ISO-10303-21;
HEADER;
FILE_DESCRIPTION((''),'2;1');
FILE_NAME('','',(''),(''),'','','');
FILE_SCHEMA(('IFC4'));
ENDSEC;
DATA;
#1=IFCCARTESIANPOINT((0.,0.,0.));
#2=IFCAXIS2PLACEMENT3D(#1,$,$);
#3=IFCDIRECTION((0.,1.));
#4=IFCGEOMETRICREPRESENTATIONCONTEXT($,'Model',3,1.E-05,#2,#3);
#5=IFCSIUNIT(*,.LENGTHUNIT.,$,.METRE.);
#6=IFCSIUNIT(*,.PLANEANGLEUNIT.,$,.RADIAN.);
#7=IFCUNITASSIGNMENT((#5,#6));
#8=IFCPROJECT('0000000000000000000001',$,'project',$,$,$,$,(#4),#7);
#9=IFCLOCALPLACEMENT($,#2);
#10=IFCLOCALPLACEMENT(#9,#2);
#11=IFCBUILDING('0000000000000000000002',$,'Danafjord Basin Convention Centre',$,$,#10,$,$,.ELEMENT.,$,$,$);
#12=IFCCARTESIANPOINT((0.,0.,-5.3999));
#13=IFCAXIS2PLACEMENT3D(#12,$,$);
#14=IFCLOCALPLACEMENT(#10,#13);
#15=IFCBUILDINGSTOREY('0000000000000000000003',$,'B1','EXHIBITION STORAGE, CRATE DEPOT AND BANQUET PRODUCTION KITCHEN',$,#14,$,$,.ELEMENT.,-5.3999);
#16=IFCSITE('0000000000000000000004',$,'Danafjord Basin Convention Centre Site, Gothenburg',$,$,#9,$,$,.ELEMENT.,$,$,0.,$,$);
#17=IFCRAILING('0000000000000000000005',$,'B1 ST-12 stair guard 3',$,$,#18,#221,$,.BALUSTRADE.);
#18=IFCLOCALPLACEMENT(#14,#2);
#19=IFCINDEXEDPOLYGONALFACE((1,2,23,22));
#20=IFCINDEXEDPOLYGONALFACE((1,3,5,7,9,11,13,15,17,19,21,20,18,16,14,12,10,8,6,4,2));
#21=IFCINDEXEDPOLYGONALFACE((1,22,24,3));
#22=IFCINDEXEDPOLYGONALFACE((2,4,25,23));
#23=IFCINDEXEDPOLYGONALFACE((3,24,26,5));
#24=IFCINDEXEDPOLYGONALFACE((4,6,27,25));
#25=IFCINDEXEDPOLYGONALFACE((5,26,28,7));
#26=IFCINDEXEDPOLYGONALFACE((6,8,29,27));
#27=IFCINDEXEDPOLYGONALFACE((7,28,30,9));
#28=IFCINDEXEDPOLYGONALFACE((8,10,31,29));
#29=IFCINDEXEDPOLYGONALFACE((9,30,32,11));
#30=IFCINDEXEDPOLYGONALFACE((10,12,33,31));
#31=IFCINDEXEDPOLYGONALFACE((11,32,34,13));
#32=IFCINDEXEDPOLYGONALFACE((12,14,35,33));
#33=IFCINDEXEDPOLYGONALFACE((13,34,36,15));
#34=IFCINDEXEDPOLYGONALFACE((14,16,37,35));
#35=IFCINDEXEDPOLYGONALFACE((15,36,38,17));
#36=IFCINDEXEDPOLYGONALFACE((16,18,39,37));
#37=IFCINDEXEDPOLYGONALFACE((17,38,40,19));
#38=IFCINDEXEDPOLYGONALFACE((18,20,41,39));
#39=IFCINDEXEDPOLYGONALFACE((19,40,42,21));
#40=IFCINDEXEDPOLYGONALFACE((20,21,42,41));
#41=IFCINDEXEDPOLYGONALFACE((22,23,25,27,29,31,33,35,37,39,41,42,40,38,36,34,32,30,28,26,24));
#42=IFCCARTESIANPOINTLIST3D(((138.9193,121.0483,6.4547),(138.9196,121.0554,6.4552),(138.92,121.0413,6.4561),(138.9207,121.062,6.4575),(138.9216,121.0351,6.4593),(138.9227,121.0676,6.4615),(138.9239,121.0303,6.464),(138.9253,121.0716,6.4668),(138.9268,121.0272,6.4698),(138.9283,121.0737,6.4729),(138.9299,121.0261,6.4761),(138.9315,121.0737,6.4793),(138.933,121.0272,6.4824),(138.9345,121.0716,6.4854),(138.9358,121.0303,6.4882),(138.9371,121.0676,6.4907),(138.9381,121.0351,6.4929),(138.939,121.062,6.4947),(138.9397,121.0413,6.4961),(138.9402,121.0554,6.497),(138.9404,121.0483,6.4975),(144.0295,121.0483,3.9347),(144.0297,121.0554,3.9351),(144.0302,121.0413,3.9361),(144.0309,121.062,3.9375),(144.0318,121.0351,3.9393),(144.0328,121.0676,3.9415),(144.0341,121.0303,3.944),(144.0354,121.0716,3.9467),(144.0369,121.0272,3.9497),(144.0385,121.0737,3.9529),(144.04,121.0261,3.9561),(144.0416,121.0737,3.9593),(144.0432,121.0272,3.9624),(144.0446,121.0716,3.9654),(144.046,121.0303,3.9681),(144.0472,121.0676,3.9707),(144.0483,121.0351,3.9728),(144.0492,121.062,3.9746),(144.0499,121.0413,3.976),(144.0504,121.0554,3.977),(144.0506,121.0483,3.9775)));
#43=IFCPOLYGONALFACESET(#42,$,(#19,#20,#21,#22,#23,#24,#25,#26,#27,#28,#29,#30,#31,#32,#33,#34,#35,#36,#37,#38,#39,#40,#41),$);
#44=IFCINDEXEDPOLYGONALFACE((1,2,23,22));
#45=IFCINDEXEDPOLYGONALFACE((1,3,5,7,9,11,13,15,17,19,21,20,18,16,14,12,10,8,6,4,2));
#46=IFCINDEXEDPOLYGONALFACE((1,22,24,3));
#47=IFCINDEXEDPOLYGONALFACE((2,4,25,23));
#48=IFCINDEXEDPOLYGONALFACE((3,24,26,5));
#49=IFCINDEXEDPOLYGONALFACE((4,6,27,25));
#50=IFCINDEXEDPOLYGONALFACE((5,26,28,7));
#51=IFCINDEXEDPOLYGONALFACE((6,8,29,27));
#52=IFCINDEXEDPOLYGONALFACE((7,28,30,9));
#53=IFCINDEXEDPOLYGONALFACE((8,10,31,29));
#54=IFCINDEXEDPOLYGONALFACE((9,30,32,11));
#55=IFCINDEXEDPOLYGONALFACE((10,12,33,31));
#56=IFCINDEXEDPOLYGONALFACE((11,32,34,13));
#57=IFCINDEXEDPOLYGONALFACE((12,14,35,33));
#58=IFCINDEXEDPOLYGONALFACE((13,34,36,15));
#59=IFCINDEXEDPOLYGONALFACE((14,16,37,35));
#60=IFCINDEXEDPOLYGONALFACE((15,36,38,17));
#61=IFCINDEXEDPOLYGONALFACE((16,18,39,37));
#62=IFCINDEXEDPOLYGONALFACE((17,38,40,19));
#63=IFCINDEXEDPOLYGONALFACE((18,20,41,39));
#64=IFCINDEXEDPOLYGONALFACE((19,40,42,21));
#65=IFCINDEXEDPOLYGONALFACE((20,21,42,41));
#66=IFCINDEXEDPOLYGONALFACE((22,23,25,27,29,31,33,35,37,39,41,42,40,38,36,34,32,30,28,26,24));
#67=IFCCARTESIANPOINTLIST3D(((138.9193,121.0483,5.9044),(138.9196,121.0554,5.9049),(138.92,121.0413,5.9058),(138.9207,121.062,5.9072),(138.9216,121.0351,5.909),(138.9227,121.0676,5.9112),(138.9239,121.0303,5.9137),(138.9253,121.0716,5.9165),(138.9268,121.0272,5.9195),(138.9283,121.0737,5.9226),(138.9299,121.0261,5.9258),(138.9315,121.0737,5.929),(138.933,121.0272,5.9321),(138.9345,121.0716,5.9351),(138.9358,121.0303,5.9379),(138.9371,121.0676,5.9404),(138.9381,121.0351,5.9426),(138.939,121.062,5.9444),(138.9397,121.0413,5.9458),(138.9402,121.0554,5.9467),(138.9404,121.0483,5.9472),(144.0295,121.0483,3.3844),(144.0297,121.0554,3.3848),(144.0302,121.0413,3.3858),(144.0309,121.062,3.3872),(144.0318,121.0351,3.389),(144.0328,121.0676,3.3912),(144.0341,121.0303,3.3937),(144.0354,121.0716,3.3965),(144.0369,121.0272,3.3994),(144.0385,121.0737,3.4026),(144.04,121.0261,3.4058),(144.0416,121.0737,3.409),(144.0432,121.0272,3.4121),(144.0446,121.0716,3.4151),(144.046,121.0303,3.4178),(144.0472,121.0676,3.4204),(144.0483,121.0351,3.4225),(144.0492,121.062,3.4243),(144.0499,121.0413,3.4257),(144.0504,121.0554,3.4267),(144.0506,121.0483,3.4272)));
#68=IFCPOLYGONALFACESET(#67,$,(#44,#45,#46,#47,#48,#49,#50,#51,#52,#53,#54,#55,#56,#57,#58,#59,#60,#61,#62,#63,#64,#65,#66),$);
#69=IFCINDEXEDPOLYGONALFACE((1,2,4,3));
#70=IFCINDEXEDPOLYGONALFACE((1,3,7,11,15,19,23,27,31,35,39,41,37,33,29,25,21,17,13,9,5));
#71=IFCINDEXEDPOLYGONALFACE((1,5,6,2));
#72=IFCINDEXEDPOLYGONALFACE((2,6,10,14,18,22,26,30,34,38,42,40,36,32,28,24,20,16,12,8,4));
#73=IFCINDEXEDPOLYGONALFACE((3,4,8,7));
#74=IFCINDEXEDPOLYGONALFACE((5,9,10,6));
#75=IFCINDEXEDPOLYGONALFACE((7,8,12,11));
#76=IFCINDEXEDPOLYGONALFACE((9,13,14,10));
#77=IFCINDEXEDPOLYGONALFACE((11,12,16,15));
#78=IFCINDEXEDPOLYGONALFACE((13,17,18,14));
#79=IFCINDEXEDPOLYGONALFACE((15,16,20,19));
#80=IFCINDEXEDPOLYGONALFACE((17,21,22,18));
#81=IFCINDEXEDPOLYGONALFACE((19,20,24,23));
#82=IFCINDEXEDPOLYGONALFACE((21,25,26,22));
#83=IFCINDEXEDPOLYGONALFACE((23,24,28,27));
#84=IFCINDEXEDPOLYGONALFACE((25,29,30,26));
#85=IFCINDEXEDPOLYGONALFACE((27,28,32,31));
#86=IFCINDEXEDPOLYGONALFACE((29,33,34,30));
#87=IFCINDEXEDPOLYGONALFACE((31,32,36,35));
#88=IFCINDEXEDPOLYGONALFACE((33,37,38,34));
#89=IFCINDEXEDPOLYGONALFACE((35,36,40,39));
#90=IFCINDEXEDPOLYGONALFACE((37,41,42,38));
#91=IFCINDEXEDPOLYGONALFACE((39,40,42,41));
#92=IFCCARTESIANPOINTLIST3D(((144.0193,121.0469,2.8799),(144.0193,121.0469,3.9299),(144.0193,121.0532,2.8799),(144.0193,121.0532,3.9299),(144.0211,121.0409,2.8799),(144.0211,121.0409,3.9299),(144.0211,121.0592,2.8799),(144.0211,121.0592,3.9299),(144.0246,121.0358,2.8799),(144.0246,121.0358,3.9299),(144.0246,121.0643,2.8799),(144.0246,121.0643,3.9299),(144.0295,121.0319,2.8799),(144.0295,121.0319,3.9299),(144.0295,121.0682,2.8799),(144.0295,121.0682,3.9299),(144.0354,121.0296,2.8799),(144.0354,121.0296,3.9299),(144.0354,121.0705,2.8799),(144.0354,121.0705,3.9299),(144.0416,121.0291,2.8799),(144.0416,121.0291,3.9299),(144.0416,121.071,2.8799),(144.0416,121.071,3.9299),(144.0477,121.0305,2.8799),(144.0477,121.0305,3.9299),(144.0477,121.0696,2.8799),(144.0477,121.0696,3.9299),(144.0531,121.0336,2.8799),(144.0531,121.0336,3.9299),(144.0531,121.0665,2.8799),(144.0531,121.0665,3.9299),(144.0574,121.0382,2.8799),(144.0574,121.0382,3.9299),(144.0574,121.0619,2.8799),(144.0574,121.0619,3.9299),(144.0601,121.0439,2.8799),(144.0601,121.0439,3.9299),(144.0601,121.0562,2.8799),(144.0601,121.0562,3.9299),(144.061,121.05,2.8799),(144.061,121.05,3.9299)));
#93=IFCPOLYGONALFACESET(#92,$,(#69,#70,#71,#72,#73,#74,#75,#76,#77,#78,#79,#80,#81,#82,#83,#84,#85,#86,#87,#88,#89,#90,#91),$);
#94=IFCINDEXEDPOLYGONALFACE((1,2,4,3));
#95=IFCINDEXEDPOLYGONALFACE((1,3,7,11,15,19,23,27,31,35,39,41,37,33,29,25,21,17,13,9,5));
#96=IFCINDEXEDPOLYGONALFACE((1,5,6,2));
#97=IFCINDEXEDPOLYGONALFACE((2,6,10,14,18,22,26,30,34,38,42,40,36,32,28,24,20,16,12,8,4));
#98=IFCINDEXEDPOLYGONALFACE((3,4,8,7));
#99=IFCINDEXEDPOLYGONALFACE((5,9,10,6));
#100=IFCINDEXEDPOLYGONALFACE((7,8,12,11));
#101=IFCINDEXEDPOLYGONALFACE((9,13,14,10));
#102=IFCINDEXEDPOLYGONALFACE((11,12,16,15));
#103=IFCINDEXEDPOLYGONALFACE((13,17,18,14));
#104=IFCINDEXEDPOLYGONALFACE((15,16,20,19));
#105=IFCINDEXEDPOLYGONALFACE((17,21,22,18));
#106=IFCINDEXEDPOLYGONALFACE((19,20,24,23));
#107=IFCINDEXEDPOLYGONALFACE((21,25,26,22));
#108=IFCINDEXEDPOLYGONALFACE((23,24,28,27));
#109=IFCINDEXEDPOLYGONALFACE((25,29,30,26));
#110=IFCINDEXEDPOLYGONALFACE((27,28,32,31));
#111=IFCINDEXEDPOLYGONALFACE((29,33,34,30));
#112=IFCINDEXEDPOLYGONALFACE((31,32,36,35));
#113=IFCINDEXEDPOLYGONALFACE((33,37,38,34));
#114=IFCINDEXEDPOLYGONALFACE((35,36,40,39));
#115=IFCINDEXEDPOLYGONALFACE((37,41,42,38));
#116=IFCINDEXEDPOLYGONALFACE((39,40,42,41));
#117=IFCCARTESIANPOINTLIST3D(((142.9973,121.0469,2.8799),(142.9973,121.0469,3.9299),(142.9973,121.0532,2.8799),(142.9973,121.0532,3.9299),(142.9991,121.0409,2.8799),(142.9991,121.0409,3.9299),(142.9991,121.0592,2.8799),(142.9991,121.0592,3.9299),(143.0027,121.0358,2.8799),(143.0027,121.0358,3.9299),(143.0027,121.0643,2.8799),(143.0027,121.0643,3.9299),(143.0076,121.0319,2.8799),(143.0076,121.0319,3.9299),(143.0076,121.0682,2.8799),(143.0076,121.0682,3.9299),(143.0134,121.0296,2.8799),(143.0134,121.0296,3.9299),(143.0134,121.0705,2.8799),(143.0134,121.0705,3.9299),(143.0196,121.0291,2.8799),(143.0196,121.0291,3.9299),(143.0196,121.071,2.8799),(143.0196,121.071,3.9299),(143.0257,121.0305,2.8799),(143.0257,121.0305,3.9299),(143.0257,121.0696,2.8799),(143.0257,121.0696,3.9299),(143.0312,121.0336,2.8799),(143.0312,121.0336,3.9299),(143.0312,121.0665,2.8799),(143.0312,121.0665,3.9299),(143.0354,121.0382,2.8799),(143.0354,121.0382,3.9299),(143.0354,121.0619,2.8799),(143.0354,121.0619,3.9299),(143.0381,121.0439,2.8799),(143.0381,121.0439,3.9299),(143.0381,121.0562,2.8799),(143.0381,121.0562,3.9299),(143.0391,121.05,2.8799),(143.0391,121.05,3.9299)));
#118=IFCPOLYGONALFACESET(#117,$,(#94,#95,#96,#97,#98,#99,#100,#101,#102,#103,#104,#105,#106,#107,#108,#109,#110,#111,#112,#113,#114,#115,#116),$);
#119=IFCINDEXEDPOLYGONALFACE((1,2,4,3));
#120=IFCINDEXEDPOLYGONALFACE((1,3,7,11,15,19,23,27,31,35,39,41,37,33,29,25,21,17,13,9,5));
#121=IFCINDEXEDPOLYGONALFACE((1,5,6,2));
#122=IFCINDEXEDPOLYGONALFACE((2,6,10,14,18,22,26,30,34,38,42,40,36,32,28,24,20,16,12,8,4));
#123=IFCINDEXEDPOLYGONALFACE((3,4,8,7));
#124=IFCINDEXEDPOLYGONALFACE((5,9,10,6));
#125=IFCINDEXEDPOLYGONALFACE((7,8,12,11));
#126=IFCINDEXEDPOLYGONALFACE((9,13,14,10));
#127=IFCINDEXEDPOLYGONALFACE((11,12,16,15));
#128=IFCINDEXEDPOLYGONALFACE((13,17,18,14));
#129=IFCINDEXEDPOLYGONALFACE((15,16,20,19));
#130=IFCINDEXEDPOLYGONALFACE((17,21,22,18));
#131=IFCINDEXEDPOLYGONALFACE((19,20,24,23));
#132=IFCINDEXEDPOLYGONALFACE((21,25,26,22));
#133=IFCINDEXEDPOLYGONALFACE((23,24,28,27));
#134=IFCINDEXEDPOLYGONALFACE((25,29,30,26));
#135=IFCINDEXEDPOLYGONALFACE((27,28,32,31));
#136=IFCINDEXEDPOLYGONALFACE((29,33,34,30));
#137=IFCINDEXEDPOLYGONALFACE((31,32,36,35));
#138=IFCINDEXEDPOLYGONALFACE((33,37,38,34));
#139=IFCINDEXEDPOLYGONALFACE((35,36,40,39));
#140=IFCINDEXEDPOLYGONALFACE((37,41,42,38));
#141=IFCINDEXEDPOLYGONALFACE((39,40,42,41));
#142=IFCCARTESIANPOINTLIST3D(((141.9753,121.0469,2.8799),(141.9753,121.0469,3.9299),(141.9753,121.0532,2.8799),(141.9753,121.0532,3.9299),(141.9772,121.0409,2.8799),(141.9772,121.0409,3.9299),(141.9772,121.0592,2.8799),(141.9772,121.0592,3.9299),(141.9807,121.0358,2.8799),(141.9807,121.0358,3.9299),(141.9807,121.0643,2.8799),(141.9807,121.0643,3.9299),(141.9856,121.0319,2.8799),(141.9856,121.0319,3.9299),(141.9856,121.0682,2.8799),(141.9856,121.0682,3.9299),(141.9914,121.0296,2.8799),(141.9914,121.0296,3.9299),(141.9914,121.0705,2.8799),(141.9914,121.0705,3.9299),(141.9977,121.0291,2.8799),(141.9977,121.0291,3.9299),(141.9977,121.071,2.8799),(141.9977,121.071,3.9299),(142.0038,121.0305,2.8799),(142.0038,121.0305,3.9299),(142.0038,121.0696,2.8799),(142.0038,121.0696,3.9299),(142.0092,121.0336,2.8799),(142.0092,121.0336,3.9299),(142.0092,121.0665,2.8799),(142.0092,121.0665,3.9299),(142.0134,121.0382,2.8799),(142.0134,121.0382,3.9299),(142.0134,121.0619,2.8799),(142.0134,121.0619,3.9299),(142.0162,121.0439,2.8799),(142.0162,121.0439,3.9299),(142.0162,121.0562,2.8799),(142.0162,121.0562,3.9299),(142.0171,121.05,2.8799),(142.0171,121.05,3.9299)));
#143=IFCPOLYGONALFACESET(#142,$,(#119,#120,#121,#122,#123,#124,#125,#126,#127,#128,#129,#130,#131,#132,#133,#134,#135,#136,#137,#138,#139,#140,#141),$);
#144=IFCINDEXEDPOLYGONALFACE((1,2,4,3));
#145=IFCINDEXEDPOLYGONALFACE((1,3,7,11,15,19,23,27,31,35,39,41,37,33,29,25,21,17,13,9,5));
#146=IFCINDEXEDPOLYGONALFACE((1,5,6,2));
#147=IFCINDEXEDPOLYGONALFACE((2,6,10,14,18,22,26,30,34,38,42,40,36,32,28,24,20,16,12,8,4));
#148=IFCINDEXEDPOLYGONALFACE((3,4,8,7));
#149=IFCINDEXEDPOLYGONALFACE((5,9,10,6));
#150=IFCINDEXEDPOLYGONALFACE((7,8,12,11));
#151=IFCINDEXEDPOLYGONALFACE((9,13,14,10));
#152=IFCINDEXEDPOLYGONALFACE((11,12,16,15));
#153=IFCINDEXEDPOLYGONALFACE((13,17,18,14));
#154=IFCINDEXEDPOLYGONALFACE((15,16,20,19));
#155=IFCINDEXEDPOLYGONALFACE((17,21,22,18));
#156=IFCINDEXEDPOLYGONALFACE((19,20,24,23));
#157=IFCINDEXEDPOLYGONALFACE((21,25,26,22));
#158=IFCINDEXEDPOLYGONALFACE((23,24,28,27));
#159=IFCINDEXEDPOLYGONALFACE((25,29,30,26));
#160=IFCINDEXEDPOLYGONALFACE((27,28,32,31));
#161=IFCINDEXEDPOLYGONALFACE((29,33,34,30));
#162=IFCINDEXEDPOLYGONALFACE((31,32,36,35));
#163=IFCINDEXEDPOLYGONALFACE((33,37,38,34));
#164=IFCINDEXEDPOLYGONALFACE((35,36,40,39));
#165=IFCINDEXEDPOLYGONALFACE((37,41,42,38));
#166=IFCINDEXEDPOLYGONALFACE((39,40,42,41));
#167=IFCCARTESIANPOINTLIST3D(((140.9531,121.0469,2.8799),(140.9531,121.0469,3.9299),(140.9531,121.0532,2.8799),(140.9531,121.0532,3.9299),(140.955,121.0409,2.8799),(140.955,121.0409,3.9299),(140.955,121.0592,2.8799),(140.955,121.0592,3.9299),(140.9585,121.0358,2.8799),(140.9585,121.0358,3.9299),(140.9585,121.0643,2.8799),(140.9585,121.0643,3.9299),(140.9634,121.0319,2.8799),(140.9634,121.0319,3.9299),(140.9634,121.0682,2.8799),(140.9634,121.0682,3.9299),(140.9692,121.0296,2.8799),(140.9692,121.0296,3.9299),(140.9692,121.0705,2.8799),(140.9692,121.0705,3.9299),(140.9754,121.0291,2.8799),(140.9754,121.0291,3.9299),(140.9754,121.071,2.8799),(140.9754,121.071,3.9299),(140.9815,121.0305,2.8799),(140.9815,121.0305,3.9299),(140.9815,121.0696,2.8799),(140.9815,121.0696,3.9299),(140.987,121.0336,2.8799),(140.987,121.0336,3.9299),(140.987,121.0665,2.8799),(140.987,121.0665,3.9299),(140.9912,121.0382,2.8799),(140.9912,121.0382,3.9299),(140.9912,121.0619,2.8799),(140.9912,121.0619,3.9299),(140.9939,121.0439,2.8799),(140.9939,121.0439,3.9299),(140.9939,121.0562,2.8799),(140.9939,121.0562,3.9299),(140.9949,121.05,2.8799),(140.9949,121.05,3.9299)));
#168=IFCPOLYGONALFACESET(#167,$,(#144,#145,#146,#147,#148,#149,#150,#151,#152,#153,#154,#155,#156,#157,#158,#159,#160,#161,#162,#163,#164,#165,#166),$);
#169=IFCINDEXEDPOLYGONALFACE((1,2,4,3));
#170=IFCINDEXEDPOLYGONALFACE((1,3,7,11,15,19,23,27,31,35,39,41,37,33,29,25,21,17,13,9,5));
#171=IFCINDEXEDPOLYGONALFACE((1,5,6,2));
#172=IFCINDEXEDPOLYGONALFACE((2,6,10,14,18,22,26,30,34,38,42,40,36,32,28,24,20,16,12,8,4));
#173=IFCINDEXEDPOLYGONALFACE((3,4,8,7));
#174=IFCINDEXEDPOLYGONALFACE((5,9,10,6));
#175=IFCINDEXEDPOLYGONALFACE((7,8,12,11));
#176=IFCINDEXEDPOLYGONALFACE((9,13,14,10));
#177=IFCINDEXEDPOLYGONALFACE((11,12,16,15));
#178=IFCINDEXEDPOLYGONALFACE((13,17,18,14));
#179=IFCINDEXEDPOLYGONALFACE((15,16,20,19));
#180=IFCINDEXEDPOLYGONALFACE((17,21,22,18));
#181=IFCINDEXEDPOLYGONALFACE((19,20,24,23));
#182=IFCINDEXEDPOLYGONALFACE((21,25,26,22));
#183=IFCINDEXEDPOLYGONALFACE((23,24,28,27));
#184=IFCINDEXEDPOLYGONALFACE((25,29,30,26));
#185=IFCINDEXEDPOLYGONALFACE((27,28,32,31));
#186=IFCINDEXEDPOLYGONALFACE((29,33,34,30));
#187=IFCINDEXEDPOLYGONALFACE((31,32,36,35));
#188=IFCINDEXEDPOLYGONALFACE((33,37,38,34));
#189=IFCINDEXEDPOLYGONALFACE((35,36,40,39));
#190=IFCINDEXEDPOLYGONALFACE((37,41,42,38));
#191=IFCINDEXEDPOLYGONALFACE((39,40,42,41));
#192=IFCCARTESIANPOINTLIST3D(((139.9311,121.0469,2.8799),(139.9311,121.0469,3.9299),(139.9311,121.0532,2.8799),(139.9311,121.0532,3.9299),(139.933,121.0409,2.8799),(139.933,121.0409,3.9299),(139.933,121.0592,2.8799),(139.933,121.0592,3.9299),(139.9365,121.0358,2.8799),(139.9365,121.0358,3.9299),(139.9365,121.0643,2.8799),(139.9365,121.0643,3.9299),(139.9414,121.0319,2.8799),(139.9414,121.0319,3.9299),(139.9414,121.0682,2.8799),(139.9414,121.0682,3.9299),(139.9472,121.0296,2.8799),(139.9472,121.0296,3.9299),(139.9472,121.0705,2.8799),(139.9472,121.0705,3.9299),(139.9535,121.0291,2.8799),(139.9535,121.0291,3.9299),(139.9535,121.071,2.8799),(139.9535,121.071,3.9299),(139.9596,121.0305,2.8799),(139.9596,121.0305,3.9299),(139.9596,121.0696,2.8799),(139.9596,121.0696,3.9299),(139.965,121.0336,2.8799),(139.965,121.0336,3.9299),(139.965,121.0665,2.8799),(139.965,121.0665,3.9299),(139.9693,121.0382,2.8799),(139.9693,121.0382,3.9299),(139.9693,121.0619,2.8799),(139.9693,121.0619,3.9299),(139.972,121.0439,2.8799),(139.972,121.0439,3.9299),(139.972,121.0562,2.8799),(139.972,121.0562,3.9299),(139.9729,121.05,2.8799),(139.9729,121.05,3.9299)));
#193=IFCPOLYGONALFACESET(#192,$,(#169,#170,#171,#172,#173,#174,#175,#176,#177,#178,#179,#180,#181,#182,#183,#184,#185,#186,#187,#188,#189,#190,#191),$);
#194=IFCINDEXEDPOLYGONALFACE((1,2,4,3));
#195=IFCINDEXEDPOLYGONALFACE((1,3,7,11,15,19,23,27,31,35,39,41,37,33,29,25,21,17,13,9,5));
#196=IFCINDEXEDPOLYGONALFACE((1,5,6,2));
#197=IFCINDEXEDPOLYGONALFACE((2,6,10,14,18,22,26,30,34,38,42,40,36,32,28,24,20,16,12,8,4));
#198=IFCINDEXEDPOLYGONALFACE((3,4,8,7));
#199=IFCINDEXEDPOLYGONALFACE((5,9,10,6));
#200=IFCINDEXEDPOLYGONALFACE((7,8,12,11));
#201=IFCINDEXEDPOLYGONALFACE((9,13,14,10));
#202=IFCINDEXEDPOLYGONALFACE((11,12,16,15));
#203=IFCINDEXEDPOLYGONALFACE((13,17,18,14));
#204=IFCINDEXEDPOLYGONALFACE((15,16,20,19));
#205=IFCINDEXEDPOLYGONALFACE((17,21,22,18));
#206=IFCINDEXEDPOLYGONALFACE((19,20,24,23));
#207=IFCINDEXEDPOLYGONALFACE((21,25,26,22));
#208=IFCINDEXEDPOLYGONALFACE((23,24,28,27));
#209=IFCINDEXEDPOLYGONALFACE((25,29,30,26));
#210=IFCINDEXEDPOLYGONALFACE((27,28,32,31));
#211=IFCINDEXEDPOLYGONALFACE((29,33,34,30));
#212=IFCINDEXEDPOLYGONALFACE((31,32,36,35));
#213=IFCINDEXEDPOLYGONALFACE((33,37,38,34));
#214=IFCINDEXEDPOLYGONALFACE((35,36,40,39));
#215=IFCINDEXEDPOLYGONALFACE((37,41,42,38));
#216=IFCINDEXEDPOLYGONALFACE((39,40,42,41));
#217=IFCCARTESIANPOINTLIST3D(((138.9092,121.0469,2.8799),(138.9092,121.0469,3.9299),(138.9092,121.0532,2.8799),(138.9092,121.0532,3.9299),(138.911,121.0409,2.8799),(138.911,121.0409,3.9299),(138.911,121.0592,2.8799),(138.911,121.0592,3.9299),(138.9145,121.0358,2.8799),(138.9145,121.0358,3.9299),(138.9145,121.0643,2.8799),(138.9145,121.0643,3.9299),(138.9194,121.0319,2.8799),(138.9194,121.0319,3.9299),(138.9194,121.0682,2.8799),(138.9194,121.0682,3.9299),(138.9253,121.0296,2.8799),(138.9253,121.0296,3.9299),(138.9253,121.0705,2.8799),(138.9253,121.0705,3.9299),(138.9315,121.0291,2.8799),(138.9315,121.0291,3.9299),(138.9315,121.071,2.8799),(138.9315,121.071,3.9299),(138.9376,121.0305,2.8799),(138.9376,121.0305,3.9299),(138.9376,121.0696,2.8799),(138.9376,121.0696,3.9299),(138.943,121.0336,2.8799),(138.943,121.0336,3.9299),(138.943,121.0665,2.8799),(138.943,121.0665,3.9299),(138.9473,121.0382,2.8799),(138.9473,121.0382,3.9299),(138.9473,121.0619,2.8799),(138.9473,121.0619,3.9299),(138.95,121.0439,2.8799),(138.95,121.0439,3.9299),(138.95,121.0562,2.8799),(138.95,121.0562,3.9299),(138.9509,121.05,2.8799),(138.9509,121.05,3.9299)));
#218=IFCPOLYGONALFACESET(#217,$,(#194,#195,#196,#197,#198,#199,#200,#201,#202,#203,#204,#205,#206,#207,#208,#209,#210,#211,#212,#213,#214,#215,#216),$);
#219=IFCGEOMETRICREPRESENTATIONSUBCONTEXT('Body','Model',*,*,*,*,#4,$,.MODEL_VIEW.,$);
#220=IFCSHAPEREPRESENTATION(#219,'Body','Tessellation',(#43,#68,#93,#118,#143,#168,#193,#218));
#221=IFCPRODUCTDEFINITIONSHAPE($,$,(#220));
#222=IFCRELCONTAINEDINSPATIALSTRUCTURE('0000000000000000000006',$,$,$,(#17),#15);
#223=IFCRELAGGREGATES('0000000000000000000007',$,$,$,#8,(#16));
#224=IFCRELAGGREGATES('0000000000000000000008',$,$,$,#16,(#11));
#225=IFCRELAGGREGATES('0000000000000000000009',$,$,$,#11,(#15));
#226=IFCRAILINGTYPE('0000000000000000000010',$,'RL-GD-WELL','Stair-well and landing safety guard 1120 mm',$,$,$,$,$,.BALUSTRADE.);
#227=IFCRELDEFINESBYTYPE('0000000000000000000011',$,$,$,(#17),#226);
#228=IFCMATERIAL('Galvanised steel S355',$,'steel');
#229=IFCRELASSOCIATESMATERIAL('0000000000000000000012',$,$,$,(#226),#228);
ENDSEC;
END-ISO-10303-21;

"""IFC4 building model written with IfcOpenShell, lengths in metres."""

from ifc_helpers import new_model, si_unit, direction, frame, origin, origin_2d, place, context, subcontext, project, spatial, circle, extrude, material, type_object, element, save


model = new_model("IFC4")

# Units and contexts
model_context = context("Model", 3, precision=1e-05, world=origin(), true_north=direction((0.0, 1.0)))
body_context = subcontext(model_context, "Body", "Model", "MODEL_VIEW")
ifc_project = project(units=[si_unit("LENGTHUNIT", "METRE"), si_unit("PLANEANGLEUNIT", "RADIAN")], contexts=[model_context])

# Site, building, storey
site_placement = place(None, origin())
site = spatial("IfcSite", under=ifc_project, at=site_placement, Name="Danafjord Basin Convention Centre Site, Gothenburg", CompositionType="ELEMENT", RefElevation=0.0)
building_placement = place(site_placement, origin())
building = spatial("IfcBuilding", under=site, at=building_placement, Name="Danafjord Basin Convention Centre", CompositionType="ELEMENT")
storey_placement = place(building_placement, frame((0.0, 0.0, -5.3999)))
storey = spatial("IfcBuildingStorey", under=building, at=storey_placement, Name="B1", Description="EXHIBITION STORAGE, CRATE DEPOT AND BANQUET PRODUCTION KITCHEN", CompositionType="ELEMENT", Elevation=-5.3999)

# Railing
ifc_material_1 = material(Name="Galvanised steel S355", Category="steel")
railing_type_1 = type_object("IfcRailingType", Name="RL-GD-WELL", Description="Stair-well and landing safety guard 1120 mm", PredefinedType="BALUSTRADE", material=ifc_material_1)
railing_1_placement = place(storey_placement, frame((144.04, 121.05, 2.8799)))
element("IfcRailing", 1, at=railing_1_placement, inside=storey, type_object=railing_type_1, Name="B1 ST-12 stair guard 3", PredefinedType="BALUSTRADE", context=body_context, shape_type="SweptSolid", body=[
    extrude(circle(Radius=0.0239, at=origin_2d()), frame((0.0, 0.0, 1.0762), z_axis=(-0.896873, 0.0, 0.442288), x_axis=(0.0, -1.0, 0.0)), (0.0, 0.0, 1.0), 5.6978),
    extrude(circle(Radius=0.0239, at=origin_2d()), frame((0.0, 0.0, 0.5259), z_axis=(-0.896873, 0.0, 0.442288), x_axis=(0.0, -1.0, 0.0)), (0.0, 0.0, 1.0), 5.6978),
    extrude(circle(Radius=0.021, at=origin_2d()), origin(), (0.0, 0.0, 1.0), 1.05),
    extrude(circle(Radius=0.021, at=origin_2d()), frame((-1.022, 0.0, 0.0)), (0.0, 0.0, 1.0), 1.05),
    extrude(circle(Radius=0.021, at=origin_2d()), frame((-2.0439, 0.0, 0.0)), (0.0, 0.0, 1.0), 1.05),
    extrude(circle(Radius=0.021, at=origin_2d()), frame((-3.0662, 0.0, 0.0)), (0.0, 0.0, 1.0), 1.05),
    extrude(circle(Radius=0.021, at=origin_2d()), frame((-4.0881, 0.0, 0.0)), (0.0, 0.0, 1.0), 1.05),
    extrude(circle(Radius=0.021, at=origin_2d()), frame((-5.1101, 0.0, 0.0)), (0.0, 0.0, 1.0), 1.05),
])

save(model, "model.ifc")
